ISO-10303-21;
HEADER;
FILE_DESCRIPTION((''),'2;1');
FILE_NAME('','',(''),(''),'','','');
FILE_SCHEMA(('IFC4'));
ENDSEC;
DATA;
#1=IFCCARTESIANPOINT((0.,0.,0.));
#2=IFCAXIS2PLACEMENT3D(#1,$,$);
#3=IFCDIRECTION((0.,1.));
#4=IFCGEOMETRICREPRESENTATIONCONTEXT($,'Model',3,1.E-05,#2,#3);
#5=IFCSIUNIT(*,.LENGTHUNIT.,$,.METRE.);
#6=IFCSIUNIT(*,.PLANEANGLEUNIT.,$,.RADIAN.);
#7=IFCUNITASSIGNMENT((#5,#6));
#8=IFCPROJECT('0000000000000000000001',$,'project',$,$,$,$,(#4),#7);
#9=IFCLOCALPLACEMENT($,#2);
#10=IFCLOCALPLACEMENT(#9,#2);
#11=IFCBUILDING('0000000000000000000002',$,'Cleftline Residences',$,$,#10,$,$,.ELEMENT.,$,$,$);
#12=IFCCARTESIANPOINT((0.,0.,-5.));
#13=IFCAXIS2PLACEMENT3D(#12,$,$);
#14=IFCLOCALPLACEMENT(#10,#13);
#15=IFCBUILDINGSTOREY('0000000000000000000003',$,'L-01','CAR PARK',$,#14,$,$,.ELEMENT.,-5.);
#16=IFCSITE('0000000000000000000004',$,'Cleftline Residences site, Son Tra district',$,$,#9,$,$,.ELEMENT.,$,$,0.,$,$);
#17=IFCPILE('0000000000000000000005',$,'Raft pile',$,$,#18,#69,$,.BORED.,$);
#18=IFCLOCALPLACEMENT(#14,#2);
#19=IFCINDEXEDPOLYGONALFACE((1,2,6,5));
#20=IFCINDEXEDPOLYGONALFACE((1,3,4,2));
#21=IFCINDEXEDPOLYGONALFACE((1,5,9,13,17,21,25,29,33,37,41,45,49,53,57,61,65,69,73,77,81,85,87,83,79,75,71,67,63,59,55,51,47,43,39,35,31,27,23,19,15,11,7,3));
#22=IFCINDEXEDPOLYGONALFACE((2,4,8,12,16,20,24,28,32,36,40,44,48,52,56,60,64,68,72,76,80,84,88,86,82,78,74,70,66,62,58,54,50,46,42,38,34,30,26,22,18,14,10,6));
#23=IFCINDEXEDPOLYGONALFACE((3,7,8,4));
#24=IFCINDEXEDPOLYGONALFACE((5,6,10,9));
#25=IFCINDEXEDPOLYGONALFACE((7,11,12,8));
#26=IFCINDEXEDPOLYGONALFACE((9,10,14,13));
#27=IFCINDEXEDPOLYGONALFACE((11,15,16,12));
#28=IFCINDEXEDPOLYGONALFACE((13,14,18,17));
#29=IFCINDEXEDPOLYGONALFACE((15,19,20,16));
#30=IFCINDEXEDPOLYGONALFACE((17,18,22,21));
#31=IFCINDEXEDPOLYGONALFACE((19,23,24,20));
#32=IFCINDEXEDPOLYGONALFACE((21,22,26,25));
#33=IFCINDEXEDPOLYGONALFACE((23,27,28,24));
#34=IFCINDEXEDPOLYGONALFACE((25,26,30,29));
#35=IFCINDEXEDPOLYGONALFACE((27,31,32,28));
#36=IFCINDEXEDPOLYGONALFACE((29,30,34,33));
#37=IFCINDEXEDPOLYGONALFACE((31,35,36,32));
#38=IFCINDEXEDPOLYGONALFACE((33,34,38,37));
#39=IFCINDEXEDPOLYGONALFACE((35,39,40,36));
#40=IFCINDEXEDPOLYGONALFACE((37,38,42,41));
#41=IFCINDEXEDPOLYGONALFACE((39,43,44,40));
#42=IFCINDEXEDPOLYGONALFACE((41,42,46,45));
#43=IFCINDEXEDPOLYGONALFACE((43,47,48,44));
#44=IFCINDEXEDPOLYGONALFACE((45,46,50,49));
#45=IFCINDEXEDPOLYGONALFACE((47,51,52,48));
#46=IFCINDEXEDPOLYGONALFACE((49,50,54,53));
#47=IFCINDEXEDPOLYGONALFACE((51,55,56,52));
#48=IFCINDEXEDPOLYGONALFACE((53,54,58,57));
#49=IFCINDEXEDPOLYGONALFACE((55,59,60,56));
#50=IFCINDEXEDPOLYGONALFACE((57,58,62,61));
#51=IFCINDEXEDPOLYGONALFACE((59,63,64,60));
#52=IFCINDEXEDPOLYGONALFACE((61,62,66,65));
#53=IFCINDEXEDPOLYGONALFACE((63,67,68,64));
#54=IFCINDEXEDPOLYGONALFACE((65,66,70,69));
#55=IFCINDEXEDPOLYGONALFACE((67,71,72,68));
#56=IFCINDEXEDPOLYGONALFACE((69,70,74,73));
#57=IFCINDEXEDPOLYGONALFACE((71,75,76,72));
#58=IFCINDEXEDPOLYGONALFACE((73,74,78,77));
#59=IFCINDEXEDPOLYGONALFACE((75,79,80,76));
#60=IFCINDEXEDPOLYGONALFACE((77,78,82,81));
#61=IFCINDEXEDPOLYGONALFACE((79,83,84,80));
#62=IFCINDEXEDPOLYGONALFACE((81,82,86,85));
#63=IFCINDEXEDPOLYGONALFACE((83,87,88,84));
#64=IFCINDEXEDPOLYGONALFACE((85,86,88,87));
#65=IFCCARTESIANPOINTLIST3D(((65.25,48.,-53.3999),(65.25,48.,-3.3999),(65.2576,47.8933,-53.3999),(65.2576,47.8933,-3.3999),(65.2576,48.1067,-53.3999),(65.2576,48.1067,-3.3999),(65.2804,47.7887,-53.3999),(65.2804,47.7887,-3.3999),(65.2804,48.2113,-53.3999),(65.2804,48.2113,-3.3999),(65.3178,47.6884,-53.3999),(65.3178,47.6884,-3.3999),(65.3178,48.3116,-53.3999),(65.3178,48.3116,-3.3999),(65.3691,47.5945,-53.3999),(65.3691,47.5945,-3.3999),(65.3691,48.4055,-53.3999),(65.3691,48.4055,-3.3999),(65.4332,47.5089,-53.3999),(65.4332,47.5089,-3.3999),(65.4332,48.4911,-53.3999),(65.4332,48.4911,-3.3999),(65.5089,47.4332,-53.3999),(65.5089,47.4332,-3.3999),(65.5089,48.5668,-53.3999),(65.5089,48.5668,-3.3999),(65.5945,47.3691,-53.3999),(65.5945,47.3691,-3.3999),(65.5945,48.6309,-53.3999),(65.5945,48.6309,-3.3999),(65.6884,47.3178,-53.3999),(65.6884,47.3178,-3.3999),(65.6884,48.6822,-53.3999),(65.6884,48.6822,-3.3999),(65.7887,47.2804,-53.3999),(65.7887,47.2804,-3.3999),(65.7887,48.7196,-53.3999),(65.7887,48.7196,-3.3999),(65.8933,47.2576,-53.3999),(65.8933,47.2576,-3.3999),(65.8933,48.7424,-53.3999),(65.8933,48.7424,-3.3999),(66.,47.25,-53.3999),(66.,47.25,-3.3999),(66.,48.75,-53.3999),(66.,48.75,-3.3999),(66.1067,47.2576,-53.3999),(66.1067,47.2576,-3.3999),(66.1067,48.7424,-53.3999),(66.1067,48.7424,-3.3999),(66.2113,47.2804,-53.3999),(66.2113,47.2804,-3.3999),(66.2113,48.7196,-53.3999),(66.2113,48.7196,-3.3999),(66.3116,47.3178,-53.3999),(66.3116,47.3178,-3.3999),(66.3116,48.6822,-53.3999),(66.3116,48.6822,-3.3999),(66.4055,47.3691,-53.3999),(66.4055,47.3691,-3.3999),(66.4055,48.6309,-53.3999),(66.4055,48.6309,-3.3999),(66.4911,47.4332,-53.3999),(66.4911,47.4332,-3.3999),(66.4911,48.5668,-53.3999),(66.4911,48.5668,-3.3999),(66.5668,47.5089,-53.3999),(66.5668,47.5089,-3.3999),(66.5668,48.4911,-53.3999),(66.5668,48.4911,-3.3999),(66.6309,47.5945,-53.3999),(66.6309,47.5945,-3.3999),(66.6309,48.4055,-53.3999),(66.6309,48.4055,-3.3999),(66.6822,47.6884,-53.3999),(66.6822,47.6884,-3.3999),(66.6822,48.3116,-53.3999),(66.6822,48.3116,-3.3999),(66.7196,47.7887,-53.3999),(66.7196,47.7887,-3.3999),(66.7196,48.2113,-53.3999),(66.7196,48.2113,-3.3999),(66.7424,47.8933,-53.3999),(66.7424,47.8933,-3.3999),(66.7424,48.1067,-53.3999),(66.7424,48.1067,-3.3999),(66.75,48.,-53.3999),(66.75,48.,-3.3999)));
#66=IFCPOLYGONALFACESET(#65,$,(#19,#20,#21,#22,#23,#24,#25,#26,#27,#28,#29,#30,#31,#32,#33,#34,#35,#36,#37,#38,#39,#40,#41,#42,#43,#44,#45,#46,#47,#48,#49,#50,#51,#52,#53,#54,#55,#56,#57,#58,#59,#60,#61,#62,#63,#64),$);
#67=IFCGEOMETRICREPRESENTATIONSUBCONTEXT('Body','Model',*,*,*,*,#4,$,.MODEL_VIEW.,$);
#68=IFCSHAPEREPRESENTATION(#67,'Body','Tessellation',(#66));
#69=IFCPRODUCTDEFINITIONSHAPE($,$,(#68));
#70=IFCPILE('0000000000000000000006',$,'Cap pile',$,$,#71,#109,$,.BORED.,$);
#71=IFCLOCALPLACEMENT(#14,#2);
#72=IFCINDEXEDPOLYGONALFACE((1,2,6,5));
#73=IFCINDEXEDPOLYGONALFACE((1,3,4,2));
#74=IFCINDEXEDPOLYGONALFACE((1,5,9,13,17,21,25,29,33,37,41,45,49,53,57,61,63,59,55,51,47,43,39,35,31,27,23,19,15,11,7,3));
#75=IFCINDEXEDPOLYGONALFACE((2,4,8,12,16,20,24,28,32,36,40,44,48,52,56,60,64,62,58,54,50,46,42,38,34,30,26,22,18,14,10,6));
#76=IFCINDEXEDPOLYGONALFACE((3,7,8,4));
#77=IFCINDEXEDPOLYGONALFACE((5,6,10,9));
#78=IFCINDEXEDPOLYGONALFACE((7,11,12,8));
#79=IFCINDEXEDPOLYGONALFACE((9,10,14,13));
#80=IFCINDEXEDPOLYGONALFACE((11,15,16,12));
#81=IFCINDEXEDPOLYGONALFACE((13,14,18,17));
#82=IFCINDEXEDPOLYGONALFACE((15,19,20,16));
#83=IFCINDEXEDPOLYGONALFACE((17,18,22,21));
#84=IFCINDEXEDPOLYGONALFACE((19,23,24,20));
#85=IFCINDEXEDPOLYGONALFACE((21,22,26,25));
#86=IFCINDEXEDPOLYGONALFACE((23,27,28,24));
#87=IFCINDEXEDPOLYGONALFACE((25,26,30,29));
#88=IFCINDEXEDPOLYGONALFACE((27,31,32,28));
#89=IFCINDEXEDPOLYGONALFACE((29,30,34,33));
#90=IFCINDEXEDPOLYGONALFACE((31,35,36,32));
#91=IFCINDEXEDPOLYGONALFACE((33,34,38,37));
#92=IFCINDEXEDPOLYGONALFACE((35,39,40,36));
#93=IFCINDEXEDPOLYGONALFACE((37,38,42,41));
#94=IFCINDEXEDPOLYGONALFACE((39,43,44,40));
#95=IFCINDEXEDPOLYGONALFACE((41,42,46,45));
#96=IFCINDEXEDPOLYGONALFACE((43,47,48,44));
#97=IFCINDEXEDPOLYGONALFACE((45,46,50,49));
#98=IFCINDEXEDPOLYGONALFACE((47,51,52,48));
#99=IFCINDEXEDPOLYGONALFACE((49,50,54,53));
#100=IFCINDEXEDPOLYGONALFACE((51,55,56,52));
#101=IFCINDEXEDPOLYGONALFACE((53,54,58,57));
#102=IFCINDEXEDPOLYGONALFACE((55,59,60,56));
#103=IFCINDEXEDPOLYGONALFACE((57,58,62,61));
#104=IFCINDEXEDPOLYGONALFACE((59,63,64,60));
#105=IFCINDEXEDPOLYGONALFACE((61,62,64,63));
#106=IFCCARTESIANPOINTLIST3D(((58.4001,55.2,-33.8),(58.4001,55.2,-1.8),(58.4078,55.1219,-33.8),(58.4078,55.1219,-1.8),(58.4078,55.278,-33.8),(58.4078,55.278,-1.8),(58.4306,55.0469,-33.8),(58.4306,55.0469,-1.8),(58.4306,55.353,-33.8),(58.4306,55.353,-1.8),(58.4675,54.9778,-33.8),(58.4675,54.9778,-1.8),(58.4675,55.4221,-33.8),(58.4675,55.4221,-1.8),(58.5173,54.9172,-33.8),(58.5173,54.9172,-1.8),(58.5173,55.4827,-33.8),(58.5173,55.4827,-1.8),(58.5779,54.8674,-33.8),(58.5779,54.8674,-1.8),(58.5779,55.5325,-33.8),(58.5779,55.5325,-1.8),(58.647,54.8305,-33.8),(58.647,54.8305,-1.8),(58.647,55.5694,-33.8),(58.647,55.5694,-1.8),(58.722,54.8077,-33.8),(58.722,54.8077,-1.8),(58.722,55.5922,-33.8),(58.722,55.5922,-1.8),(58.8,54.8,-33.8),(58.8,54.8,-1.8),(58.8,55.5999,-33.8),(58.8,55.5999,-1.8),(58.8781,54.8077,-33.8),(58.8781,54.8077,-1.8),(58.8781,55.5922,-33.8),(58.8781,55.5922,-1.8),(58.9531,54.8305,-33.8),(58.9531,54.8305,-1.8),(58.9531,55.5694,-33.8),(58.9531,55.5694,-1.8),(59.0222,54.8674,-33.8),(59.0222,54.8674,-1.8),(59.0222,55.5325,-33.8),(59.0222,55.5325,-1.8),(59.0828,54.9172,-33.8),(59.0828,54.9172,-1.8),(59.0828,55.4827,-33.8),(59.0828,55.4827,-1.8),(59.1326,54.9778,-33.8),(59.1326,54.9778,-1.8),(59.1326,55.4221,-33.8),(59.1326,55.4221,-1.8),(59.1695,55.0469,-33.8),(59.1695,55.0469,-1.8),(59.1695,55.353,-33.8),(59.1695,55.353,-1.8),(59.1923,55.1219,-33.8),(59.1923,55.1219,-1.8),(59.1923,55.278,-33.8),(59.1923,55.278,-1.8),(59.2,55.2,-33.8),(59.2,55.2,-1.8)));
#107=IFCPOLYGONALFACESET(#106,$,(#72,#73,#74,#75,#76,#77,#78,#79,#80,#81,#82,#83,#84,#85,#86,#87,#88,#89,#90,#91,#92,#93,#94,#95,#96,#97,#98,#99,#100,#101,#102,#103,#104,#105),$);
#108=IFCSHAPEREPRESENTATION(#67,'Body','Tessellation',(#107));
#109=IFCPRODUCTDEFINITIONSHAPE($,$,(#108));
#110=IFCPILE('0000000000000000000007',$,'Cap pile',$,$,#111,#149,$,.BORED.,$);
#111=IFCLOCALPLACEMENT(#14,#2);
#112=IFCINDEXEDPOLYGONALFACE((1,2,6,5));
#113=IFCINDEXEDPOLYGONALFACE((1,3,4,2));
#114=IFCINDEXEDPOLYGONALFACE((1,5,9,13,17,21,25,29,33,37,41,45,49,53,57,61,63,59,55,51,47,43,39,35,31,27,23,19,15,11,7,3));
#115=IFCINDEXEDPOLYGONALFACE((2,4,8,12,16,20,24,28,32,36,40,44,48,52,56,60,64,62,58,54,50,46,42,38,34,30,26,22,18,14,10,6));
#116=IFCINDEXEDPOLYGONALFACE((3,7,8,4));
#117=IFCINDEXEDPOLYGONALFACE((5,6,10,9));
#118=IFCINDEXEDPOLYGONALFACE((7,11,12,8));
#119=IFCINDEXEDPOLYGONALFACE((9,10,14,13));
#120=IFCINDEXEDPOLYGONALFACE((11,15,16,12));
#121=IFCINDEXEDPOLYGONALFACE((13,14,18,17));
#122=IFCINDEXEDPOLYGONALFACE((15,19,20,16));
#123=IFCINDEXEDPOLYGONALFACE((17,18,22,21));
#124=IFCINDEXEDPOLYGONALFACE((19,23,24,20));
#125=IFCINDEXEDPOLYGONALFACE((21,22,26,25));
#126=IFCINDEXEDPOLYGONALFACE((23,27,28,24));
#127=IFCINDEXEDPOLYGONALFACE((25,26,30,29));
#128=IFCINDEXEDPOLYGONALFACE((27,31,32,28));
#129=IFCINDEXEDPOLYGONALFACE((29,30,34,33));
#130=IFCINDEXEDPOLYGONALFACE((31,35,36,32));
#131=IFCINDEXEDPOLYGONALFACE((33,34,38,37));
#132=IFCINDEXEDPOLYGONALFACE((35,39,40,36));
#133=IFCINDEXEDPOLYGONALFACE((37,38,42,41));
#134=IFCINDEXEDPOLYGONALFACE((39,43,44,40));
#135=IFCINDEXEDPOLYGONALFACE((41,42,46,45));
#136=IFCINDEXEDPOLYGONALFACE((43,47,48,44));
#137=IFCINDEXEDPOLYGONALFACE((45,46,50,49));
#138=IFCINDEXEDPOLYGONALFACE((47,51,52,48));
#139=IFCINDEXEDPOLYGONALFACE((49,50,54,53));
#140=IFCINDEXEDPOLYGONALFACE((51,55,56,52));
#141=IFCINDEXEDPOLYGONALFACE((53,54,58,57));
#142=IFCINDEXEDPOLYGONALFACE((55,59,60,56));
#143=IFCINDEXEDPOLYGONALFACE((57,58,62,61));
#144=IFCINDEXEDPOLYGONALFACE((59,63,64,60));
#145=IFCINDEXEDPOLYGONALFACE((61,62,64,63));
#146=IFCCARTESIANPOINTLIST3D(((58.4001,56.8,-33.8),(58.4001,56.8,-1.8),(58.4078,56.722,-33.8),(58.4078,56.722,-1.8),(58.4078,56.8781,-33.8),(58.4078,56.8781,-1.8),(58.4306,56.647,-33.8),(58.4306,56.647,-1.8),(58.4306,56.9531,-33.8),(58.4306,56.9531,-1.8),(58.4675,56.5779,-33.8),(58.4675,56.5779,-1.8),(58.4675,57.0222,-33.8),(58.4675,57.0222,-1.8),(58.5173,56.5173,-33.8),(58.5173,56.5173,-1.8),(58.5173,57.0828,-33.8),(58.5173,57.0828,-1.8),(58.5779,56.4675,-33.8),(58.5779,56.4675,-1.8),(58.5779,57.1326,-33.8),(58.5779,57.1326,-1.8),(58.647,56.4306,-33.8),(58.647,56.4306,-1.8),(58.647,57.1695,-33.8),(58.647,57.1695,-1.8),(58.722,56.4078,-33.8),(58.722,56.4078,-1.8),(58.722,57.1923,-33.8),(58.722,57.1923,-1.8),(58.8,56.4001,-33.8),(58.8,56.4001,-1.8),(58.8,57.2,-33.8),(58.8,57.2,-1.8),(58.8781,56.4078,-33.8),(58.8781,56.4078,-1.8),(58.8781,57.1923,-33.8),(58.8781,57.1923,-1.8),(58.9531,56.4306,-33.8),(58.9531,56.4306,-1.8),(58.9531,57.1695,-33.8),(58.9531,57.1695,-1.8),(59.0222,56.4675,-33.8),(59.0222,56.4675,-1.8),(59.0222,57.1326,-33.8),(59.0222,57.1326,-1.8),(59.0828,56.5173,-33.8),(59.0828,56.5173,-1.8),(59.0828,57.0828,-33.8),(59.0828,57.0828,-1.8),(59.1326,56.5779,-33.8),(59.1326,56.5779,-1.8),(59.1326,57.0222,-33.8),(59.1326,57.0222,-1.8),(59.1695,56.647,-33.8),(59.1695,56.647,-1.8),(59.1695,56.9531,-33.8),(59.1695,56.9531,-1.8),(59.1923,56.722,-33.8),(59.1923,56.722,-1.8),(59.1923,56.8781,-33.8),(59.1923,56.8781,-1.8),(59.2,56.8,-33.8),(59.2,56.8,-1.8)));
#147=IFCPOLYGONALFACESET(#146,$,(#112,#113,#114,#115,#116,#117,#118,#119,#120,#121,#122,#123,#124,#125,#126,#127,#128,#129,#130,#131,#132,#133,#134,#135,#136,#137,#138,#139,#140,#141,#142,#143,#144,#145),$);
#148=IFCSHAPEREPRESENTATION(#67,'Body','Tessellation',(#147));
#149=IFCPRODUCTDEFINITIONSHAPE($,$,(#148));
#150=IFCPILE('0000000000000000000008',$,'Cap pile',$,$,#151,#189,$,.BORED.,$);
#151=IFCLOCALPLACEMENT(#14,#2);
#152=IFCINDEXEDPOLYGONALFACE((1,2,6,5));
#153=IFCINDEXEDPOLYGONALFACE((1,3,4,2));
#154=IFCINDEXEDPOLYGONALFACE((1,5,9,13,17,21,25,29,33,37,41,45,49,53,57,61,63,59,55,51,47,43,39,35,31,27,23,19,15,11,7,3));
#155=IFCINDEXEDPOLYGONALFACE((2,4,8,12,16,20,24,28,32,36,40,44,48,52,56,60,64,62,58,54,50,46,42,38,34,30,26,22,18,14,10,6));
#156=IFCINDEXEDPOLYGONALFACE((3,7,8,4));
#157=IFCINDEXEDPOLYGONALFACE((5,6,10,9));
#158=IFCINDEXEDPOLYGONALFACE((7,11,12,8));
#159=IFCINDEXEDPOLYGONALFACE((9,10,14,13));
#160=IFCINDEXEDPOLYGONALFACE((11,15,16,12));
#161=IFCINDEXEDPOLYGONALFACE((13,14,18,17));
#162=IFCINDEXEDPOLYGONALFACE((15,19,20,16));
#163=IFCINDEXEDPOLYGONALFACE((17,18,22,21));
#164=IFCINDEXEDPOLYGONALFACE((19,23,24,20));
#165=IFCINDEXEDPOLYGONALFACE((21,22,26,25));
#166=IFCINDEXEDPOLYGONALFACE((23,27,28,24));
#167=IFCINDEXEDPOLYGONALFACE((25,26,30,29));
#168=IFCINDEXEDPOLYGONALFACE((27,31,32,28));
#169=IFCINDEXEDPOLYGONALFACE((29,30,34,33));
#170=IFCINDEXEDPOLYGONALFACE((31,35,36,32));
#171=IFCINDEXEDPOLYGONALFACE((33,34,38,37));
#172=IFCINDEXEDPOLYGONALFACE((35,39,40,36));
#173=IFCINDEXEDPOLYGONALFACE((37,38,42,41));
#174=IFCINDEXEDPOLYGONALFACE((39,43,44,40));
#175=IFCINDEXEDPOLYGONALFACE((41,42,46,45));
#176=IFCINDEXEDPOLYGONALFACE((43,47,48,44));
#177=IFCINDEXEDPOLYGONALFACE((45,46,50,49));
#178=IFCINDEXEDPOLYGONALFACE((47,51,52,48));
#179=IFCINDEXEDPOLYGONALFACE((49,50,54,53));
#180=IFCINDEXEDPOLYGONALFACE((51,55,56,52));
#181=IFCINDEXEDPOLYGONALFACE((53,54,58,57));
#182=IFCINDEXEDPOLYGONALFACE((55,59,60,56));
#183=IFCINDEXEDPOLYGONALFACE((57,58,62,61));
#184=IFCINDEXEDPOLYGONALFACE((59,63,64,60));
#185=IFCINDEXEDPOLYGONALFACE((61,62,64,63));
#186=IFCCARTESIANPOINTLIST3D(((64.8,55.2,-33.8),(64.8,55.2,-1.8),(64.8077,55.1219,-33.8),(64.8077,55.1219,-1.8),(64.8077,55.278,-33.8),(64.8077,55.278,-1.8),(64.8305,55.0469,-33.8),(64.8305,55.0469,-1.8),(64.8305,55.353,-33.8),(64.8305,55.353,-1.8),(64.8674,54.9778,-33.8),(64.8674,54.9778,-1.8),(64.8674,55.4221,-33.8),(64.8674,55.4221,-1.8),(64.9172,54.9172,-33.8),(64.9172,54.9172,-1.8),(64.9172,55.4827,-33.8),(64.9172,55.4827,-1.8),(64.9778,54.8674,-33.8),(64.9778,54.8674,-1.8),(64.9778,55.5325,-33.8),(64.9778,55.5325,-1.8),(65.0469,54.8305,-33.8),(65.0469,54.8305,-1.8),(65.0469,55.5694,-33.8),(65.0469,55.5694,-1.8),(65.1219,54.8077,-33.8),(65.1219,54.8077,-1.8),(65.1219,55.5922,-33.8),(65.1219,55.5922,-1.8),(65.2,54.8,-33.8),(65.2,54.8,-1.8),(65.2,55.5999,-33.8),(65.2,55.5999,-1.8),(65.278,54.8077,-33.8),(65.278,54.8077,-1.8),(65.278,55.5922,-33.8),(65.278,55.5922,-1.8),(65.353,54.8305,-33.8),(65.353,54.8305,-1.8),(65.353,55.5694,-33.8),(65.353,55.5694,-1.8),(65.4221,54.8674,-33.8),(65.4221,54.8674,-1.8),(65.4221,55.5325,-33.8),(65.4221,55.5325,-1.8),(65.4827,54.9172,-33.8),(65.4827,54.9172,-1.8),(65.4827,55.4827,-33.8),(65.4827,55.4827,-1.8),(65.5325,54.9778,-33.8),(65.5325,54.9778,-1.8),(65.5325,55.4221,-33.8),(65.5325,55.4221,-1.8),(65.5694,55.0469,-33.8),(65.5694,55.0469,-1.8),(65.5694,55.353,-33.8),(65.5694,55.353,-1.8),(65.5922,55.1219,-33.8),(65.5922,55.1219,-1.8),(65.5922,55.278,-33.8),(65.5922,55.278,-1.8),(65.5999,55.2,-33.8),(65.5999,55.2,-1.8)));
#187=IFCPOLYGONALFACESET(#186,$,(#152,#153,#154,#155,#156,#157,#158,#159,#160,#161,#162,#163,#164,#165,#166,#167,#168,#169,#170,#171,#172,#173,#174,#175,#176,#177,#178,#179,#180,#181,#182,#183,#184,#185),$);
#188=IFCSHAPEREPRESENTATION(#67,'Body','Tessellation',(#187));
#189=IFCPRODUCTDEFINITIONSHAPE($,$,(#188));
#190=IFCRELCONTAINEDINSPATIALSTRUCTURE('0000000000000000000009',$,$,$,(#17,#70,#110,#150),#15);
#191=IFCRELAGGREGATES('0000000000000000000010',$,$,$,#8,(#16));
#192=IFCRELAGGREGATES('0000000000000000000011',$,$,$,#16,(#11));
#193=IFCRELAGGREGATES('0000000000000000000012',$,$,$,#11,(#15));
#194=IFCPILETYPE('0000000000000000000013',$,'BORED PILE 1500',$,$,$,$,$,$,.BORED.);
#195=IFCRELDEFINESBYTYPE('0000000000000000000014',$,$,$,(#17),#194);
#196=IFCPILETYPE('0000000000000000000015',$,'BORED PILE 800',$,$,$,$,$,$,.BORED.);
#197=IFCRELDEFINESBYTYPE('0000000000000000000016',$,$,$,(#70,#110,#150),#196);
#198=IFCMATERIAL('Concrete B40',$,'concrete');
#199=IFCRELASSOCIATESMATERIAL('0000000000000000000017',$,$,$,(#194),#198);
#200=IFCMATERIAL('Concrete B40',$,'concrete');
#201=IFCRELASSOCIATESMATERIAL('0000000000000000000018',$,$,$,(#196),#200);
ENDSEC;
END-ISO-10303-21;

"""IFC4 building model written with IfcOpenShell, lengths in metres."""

from ifc_helpers import new_model, si_unit, direction, frame, origin, origin_2d, place, context, subcontext, project, spatial, circle, extrude, material, material_profile, profile_set, type_object, element, save


model = new_model("IFC4")

# Units and contexts
model_context = context("Model", 3, precision=1e-05, world=origin(), true_north=direction((0.0, 1.0)))
body_context = subcontext(model_context, "Body", "Model", "MODEL_VIEW")
ifc_project = project(units=[si_unit("LENGTHUNIT", "METRE"), si_unit("PLANEANGLEUNIT", "RADIAN")], contexts=[model_context])

# Site, building, storey
site_placement = place(None, origin())
site = spatial("IfcSite", under=ifc_project, at=site_placement, Name="Cleftline Residences site, Son Tra district", CompositionType="ELEMENT", RefElevation=0.0)
building_placement = place(site_placement, origin())
building = spatial("IfcBuilding", under=site, at=building_placement, Name="Cleftline Residences", CompositionType="ELEMENT")
storey_placement = place(building_placement, frame((0.0, 0.0, -5.0)))
storey = spatial("IfcBuildingStorey", under=building, at=storey_placement, Name="L-01", Description="CAR PARK", CompositionType="ELEMENT", Elevation=-5.0)

# Piles
ifc_material_1 = material(Name="Concrete B40", Category="concrete")
ifc_material_profile_1 = material_profile(ifc_material_1, circle(Radius=0.75, at=origin_2d()))
ifc_profile_set_1 = profile_set([ifc_material_profile_1], Name="Concrete B40")
pile_type_1 = type_object("IfcPileType", Name="BORED PILE 1500", PredefinedType="BORED", material=ifc_profile_set_1)
for number, where, z_axis, x_axis, name in (
    (1, (66.0, 48.0, -3.3999), (0.0, 0.0, -1.0), (1.0, 0.0, 0.0), "Raft pile"),
):
    element("IfcPile", number, at=place(storey_placement, frame(where, z_axis=z_axis, x_axis=x_axis)), inside=storey, type_object=pile_type_1, Name=name, PredefinedType="BORED", context=body_context, shape_type="SweptSolid", body=[
        extrude(circle(Radius=0.75, at=origin_2d()), origin(), (0.0, 0.0, 1.0), 50.0),
    ])
ifc_material_2 = material(Name="Concrete B40", Category="concrete")
ifc_material_profile_2 = material_profile(ifc_material_2, circle(Radius=0.3999, at=origin_2d()))
ifc_profile_set_2 = profile_set([ifc_material_profile_2], Name="Concrete B40")
pile_type_2 = type_object("IfcPileType", Name="BORED PILE 800", PredefinedType="BORED", material=ifc_profile_set_2)
for number, where, z_axis, x_axis, name in (
    (2, (58.8, 55.2, -1.8), (0.0, 0.0, -1.0), (1.0, 0.0, 0.0), "Cap pile"),
    (3, (58.8, 56.8, -1.8), (0.0, 0.0, -1.0), (1.0, 0.0, 0.0), "Cap pile"),
    (4, (65.2, 55.2, -1.8), (0.0, 0.0, -1.0), (1.0, 0.0, 0.0), "Cap pile"),
):
    element("IfcPile", number, at=place(storey_placement, frame(where, z_axis=z_axis, x_axis=x_axis)), inside=storey, type_object=pile_type_2, Name=name, PredefinedType="BORED", context=body_context, shape_type="SweptSolid", body=[
        extrude(circle(Radius=0.3999, at=origin_2d()), origin(), (0.0, 0.0, 1.0), 32.0),
    ])

save(model, "model.ifc")
